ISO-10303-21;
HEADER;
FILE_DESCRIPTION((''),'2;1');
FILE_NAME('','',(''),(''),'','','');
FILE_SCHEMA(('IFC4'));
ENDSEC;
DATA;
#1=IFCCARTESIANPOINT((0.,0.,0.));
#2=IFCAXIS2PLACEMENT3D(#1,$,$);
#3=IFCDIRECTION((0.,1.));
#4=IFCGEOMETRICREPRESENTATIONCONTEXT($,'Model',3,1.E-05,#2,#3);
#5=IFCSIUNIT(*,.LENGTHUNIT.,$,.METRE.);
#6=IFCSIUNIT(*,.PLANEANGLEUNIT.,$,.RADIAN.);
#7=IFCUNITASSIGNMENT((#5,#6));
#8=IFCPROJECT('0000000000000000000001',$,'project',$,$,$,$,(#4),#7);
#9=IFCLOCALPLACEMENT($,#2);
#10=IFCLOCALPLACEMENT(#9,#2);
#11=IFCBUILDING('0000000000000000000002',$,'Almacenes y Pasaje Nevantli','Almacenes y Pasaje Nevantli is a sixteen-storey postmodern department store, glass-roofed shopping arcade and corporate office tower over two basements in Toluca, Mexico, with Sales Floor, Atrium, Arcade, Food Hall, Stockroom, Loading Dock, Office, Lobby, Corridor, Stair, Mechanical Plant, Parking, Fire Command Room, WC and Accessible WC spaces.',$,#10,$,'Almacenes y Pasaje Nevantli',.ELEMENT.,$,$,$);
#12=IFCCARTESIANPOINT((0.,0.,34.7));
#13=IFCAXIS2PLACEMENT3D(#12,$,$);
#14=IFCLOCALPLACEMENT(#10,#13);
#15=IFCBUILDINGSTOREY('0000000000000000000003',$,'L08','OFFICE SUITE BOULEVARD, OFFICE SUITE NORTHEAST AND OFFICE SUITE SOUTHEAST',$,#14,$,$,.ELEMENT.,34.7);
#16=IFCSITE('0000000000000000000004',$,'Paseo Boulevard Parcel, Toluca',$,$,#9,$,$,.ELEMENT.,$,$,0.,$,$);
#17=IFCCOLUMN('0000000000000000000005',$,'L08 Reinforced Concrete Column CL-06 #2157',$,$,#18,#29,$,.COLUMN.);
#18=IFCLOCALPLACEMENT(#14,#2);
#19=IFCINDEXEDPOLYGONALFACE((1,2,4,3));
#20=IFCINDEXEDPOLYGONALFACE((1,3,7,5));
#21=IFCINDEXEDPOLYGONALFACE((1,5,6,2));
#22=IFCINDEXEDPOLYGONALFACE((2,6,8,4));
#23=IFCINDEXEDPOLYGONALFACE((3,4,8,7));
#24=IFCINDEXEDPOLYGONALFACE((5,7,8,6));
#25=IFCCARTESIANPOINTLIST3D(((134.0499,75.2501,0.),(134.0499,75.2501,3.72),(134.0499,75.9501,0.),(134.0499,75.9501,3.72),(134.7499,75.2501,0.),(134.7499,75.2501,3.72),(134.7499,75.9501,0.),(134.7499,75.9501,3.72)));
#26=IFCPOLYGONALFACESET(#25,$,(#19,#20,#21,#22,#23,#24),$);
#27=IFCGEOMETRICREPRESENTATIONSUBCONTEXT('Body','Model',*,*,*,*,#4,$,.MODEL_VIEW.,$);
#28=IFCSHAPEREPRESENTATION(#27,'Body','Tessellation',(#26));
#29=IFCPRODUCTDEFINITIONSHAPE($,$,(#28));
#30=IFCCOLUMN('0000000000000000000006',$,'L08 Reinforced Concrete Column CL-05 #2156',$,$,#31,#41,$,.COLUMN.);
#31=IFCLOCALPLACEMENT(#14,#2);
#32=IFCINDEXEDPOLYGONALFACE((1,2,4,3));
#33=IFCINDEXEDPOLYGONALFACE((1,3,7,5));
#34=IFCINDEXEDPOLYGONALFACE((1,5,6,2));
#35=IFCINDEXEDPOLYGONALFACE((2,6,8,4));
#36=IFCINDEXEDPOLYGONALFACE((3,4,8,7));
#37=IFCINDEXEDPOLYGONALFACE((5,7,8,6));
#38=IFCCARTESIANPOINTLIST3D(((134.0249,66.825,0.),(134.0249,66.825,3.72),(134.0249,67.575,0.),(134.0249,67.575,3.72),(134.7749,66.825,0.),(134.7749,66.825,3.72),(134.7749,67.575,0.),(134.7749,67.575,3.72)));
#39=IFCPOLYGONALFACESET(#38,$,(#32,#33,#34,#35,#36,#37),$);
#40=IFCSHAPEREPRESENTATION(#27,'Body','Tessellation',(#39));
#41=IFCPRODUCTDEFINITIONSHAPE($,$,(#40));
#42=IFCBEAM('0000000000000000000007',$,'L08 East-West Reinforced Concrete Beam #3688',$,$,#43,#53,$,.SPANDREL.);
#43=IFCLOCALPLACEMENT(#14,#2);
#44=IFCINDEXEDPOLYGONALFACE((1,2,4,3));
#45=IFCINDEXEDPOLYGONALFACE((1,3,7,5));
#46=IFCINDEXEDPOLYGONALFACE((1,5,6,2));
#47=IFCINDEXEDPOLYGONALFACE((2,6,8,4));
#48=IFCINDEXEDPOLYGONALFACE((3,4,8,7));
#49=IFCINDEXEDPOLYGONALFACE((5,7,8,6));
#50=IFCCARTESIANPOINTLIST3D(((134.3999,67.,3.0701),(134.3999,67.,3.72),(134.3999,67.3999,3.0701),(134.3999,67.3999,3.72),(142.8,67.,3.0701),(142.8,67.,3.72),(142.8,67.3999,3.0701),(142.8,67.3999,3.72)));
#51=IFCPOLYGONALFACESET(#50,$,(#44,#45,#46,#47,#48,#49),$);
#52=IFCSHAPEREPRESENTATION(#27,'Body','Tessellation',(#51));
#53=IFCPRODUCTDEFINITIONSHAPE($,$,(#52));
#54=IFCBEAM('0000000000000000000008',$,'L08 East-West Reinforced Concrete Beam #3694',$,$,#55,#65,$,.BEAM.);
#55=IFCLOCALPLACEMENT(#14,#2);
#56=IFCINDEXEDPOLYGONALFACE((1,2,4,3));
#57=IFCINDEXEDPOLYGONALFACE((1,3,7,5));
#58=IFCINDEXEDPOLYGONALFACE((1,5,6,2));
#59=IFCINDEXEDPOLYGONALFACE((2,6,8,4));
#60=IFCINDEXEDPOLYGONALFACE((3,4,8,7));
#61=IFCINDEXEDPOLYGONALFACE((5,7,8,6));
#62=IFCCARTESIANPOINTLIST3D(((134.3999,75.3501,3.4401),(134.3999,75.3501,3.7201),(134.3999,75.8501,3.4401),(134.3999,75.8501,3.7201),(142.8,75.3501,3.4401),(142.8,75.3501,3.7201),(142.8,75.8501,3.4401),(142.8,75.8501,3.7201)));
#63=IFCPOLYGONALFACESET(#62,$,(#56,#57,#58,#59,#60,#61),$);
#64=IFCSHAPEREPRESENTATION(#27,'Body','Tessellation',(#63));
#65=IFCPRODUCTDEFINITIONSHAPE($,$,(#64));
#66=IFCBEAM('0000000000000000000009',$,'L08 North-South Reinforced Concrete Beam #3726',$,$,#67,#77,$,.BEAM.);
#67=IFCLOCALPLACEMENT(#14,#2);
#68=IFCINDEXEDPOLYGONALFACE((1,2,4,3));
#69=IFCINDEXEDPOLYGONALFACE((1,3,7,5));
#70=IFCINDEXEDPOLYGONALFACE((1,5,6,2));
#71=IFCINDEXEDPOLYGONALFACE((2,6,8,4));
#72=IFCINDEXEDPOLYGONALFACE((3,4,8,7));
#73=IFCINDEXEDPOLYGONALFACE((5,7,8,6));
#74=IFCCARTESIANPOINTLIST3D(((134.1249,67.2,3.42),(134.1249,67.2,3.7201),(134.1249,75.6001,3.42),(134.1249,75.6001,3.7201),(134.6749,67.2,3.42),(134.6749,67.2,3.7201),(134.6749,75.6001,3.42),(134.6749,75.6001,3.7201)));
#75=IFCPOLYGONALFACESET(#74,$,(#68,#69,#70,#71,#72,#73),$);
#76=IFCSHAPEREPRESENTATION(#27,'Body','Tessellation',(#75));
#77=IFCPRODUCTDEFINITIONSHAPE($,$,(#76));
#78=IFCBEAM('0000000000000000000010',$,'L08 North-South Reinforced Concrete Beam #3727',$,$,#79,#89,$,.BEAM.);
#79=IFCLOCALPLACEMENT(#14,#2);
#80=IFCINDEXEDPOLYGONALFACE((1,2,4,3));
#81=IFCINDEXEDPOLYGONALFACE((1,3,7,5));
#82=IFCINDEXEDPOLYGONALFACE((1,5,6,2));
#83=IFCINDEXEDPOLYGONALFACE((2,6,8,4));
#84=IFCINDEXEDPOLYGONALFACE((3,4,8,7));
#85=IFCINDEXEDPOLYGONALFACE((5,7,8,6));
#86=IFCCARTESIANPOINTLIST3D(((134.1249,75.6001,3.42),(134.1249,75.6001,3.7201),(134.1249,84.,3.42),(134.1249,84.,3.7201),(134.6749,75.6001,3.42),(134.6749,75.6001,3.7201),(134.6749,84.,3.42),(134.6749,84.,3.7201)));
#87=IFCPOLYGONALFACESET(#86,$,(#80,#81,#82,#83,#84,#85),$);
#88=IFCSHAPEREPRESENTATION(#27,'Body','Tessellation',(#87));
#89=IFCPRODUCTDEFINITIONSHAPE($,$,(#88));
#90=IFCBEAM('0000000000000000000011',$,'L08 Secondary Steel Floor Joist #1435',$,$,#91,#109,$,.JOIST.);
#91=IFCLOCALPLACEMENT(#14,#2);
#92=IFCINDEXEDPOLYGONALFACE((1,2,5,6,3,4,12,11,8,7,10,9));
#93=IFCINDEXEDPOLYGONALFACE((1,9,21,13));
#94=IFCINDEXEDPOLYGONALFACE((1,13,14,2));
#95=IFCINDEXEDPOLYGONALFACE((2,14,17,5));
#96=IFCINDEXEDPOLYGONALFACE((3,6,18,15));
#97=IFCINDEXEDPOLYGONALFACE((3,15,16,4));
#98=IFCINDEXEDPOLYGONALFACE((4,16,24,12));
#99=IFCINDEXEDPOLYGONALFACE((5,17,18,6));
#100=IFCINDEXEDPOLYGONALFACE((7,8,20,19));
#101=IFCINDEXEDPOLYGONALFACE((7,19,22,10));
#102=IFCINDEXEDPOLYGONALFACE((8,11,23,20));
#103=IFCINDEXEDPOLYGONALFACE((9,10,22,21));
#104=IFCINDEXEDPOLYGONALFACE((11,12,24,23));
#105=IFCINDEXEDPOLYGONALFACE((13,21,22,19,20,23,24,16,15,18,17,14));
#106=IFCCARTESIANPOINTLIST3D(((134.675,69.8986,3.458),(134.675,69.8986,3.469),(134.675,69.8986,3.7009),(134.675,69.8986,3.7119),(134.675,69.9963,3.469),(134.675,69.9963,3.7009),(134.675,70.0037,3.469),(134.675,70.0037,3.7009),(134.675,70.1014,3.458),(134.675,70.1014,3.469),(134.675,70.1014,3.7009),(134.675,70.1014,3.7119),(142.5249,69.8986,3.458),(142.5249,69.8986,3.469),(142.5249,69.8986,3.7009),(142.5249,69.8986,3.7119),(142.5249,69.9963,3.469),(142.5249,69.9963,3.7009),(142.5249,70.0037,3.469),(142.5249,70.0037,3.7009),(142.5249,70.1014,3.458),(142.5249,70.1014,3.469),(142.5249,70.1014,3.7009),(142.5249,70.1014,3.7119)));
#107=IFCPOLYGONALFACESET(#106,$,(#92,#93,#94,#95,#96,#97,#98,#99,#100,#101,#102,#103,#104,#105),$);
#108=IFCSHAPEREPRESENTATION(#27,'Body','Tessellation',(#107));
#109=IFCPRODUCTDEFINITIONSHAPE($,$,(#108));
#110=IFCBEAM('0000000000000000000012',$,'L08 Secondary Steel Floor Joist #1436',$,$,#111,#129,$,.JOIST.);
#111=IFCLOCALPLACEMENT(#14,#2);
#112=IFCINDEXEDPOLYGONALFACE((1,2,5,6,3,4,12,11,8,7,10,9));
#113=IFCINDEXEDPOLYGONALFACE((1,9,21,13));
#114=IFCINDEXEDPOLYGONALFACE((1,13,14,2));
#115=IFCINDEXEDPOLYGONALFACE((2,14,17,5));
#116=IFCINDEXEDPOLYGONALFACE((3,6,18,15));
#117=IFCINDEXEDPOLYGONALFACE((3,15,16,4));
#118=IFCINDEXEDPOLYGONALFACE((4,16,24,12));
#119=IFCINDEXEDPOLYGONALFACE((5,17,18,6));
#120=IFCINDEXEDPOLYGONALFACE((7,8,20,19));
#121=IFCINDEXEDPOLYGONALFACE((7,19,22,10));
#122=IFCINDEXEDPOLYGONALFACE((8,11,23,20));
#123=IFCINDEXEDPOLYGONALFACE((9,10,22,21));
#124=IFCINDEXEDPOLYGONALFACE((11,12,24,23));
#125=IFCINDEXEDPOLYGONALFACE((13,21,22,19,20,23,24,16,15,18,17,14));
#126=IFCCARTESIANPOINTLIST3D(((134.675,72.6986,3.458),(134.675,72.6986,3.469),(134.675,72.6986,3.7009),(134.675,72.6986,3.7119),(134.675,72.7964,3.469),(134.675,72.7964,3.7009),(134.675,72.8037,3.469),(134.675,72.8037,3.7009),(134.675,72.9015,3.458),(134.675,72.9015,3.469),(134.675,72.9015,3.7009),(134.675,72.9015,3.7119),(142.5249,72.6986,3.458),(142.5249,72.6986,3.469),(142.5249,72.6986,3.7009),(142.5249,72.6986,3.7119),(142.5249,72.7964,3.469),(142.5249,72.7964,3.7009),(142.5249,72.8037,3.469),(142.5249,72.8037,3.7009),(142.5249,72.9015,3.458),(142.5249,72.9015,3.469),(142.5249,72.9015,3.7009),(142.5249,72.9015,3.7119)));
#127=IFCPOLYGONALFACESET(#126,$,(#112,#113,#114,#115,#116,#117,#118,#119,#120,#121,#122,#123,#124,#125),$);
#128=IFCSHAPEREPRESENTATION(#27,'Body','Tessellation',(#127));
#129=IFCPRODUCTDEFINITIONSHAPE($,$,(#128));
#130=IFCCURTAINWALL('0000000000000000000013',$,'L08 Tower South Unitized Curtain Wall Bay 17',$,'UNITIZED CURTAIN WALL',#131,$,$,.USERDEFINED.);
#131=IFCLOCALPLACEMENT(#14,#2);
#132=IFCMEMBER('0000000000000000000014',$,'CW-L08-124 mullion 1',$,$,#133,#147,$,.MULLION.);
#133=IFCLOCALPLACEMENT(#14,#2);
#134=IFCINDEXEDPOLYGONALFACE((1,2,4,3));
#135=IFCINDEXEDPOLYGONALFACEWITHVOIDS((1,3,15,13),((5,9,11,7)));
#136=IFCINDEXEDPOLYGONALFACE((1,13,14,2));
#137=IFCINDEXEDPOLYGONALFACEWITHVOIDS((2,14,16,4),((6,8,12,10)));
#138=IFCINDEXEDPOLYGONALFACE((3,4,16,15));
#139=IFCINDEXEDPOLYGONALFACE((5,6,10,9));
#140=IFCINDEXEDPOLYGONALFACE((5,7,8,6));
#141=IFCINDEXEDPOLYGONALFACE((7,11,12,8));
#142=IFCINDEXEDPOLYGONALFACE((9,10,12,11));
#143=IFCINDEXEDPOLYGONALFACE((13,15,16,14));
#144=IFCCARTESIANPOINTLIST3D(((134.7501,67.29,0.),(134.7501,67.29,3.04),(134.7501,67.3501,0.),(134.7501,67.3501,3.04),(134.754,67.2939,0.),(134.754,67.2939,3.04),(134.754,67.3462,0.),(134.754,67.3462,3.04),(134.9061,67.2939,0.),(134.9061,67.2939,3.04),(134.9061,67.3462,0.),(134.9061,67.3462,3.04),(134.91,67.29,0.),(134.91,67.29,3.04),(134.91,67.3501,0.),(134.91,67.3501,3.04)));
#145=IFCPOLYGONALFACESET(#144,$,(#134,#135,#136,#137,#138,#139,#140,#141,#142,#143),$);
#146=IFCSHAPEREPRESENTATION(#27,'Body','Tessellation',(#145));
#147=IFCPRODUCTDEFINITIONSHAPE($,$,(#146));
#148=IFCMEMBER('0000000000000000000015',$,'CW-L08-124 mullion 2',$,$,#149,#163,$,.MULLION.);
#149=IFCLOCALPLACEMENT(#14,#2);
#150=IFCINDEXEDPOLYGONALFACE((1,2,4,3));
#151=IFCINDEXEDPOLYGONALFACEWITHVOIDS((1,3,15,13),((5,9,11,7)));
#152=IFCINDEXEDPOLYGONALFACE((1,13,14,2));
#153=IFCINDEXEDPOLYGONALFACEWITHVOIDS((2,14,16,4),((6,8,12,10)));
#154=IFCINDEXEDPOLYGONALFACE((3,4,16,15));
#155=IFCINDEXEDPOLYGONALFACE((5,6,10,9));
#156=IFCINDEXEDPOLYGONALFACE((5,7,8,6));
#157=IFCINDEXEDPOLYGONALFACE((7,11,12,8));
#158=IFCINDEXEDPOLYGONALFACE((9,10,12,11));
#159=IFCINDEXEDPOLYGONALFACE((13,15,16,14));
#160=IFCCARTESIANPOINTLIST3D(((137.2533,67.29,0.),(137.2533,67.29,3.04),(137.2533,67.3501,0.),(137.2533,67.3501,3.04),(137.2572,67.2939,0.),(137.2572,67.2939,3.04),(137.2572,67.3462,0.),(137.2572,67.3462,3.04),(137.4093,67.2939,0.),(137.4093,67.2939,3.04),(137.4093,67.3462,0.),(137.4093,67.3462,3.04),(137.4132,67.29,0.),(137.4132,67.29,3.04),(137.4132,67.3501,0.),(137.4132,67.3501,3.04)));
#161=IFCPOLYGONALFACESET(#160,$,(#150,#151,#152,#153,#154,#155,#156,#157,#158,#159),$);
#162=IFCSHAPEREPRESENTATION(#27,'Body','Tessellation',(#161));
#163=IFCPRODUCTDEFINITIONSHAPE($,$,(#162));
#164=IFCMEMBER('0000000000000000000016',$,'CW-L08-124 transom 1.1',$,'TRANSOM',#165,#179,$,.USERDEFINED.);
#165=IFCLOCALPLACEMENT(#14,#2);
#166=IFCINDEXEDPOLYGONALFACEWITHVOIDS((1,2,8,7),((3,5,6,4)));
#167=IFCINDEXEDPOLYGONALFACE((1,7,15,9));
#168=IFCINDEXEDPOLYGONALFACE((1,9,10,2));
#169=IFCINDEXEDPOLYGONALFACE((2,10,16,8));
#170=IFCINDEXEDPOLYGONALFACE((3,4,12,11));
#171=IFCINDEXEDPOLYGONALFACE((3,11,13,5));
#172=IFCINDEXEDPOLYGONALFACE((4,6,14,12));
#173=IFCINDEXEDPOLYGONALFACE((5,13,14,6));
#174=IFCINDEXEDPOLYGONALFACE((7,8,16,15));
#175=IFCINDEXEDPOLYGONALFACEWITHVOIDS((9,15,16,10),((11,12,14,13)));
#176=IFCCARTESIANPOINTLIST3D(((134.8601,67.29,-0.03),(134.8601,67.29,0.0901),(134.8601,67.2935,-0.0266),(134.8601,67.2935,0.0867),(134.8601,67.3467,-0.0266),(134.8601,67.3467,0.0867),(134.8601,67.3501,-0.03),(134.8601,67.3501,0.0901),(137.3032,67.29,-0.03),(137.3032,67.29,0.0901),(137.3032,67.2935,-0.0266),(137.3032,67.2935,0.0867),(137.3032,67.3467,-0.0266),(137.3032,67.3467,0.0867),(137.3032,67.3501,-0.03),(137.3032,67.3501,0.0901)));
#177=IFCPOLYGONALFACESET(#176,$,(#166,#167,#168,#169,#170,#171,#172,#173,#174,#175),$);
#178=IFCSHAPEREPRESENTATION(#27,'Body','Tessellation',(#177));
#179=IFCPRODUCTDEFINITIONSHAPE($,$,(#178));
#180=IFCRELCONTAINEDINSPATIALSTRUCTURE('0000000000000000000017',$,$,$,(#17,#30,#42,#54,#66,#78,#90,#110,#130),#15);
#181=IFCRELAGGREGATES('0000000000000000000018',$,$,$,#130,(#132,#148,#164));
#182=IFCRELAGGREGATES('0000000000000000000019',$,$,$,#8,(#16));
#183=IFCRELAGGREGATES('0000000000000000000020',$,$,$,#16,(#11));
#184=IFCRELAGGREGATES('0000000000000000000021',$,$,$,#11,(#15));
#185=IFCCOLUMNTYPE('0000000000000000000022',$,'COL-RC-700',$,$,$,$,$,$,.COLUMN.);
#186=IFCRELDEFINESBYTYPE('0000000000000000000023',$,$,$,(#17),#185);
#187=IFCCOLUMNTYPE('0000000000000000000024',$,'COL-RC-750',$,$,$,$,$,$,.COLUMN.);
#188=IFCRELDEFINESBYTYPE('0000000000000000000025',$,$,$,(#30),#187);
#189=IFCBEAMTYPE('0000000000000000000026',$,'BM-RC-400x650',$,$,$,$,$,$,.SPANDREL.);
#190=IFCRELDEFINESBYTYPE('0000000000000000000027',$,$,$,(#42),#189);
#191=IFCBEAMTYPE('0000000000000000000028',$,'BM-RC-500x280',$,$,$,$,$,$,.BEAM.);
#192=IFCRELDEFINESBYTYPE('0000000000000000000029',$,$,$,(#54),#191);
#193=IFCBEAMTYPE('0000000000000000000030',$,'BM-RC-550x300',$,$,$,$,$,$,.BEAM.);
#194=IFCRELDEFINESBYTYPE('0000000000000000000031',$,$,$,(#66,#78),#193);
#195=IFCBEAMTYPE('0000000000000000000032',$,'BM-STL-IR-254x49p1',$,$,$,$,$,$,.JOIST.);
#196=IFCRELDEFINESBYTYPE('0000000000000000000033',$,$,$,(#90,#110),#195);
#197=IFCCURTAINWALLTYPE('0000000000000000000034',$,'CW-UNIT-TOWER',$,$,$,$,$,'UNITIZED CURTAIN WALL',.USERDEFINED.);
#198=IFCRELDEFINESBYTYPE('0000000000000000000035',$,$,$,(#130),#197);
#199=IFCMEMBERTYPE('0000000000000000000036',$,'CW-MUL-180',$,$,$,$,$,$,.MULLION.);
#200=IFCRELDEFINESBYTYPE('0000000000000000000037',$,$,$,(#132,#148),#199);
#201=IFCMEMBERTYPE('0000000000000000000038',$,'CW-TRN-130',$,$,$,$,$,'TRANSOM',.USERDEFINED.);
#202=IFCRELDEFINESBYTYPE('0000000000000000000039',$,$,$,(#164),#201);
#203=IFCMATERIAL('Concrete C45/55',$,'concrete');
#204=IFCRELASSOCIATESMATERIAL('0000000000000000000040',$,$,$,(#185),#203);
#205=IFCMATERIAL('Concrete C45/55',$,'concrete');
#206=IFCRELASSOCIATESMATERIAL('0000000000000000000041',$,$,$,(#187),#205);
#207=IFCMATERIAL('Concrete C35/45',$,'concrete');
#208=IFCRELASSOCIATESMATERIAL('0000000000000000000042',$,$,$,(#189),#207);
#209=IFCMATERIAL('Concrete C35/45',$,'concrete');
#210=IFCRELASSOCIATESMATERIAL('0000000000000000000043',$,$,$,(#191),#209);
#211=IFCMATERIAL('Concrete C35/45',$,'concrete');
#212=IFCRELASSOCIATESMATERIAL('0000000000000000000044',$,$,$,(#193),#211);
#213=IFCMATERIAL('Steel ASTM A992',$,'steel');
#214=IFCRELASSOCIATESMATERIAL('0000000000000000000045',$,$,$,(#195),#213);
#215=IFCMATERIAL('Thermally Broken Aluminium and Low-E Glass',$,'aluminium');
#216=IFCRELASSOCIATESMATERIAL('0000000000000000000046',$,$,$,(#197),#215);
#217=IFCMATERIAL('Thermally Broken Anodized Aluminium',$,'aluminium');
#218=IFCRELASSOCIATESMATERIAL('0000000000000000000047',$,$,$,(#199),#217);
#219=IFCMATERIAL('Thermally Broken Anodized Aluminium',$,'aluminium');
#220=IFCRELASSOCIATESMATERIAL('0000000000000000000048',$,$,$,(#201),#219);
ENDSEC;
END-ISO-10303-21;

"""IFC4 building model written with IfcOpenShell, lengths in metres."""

from ifc_helpers import new_model, si_unit, direction, frame, origin, origin_2d, place, context, subcontext, project, spatial, rectangle, hollow_rectangle, i_section, extrude, material, material_profile, profile_set, type_object, element, aggregate, save


model = new_model("IFC4")

# Units and contexts
model_context = context("Model", 3, precision=1e-05, world=origin(), true_north=direction((0.0, 1.0)))
body_context = subcontext(model_context, "Body", "Model", "MODEL_VIEW")
ifc_project = project(units=[si_unit("LENGTHUNIT", "METRE"), si_unit("PLANEANGLEUNIT", "RADIAN")], contexts=[model_context])

# Site, building, storey
site_placement = place(None, origin())
site = spatial("IfcSite", under=ifc_project, at=site_placement, Name="Paseo Boulevard Parcel, Toluca", CompositionType="ELEMENT", RefElevation=0.0)
building_placement = place(site_placement, origin())
building = spatial("IfcBuilding", under=site, at=building_placement, Name="Almacenes y Pasaje Nevantli", Description="Almacenes y Pasaje Nevantli is a sixteen-storey postmodern department store, glass-roofed shopping arcade and corporate office tower over two basements in Toluca, Mexico, with Sales Floor, Atrium, Arcade, Food Hall, Stockroom, Loading Dock, Office, Lobby, Corridor, Stair, Mechanical Plant, Parking, Fire Command Room, WC and Accessible WC spaces.", LongName="Almacenes y Pasaje Nevantli", CompositionType="ELEMENT")
storey_placement = place(building_placement, frame((0.0, 0.0, 34.7)))
storey = spatial("IfcBuildingStorey", under=building, at=storey_placement, Name="L08", Description="OFFICE SUITE BOULEVARD, OFFICE SUITE NORTHEAST AND OFFICE SUITE SOUTHEAST", CompositionType="ELEMENT", Elevation=34.7)

# Columns
ifc_material_1 = material(Name="Concrete C45/55", Category="concrete")
ifc_material_profile_1 = material_profile(ifc_material_1, rectangle(XDim=0.7, YDim=0.7, at=origin_2d()), Name="RC-COL-700x700")
ifc_profile_set_1 = profile_set([ifc_material_profile_1], Name="Concrete C45/55")
column_type_1 = type_object("IfcColumnType", Name="COL-RC-700", PredefinedType="COLUMN", material=ifc_profile_set_1)
column_1_placement = place(storey_placement, frame((134.3999, 75.6001, 0.0), z_axis=(0.0, 0.0, 1.0), x_axis=(1.0, 0.0, 0.0)))
element("IfcColumn", 1, at=column_1_placement, inside=storey, type_object=column_type_1, Name="L08 Reinforced Concrete Column CL-06 #2157", PredefinedType="COLUMN", context=body_context, shape_type="SweptSolid", body=[
    extrude(rectangle(XDim=0.7, YDim=0.7, at=origin_2d()), origin(), (0.0, 0.0, 1.0), 3.72),
])
ifc_material_2 = material(Name="Concrete C45/55", Category="concrete")
ifc_material_profile_2 = material_profile(ifc_material_2, rectangle(XDim=0.75, YDim=0.75, at=origin_2d()), Name="RC-COL-750x750")
ifc_profile_set_2 = profile_set([ifc_material_profile_2], Name="Concrete C45/55")
column_type_2 = type_object("IfcColumnType", Name="COL-RC-750", PredefinedType="COLUMN", material=ifc_profile_set_2)
column_2_placement = place(storey_placement, frame((134.3999, 67.2, 0.0), z_axis=(0.0, 0.0, 1.0), x_axis=(1.0, 0.0, 0.0)))
element("IfcColumn", 2, at=column_2_placement, inside=storey, type_object=column_type_2, Name="L08 Reinforced Concrete Column CL-05 #2156", PredefinedType="COLUMN", context=body_context, shape_type="SweptSolid", body=[
    extrude(rectangle(XDim=0.75, YDim=0.75, at=origin_2d()), origin(), (0.0, 0.0, 1.0), 3.72),
])

# Beams
ifc_material_3 = material(Name="Concrete C35/45", Category="concrete")
ifc_material_profile_3 = material_profile(ifc_material_3, rectangle(XDim=0.3999, YDim=0.6499, at=origin_2d()), Name="RC-BM-400x650")
ifc_profile_set_3 = profile_set([ifc_material_profile_3], Name="Concrete C35/45")
beam_type_1 = type_object("IfcBeamType", Name="BM-RC-400x650", PredefinedType="SPANDREL", material=ifc_profile_set_3)
beam_1_placement = place(storey_placement, frame((134.3999, 67.2, 3.395), z_axis=(1.0, 0.0, 0.0), x_axis=(0.0, 1.0, 0.0)))
element("IfcBeam", 3, at=beam_1_placement, inside=storey, type_object=beam_type_1, Name="L08 East-West Reinforced Concrete Beam #3688", PredefinedType="SPANDREL", context=body_context, shape_type="SweptSolid", body=[
    extrude(rectangle(XDim=0.3999, YDim=0.6499, at=origin_2d()), origin(), (0.0, 0.0, 1.0), 8.4001),
])
ifc_material_4 = material(Name="Concrete C35/45", Category="concrete")
ifc_material_profile_4 = material_profile(ifc_material_4, rectangle(XDim=0.5, YDim=0.28, at=origin_2d()), Name="RC-BM-500x280")
ifc_profile_set_4 = profile_set([ifc_material_profile_4], Name="Concrete C35/45")
beam_type_2 = type_object("IfcBeamType", Name="BM-RC-500x280", PredefinedType="BEAM", material=ifc_profile_set_4)
beam_2_placement = place(storey_placement, frame((134.3999, 75.6001, 3.5801), z_axis=(1.0, 0.0, 0.0), x_axis=(0.0, 1.0, 0.0)))
element("IfcBeam", 4, at=beam_2_placement, inside=storey, type_object=beam_type_2, Name="L08 East-West Reinforced Concrete Beam #3694", PredefinedType="BEAM", context=body_context, shape_type="SweptSolid", body=[
    extrude(rectangle(XDim=0.5, YDim=0.28, at=origin_2d()), origin(), (0.0, 0.0, 1.0), 8.4001),
])
ifc_material_5 = material(Name="Concrete C35/45", Category="concrete")
ifc_material_profile_5 = material_profile(ifc_material_5, rectangle(XDim=0.55, YDim=0.3, at=origin_2d()), Name="RC-BM-550x300")
ifc_profile_set_5 = profile_set([ifc_material_profile_5], Name="Concrete C35/45")
beam_type_3 = type_object("IfcBeamType", Name="BM-RC-550x300", PredefinedType="BEAM", material=ifc_profile_set_5)
beam_3_placement = place(storey_placement, frame((134.3999, 67.2, 3.5701), z_axis=(0.0, 1.0, 0.0), x_axis=(-1.0, 0.0, 0.0)))
element("IfcBeam", 5, at=beam_3_placement, inside=storey, type_object=beam_type_3, Name="L08 North-South Reinforced Concrete Beam #3726", PredefinedType="BEAM", context=body_context, shape_type="SweptSolid", body=[
    extrude(rectangle(XDim=0.55, YDim=0.3, at=origin_2d()), origin(), (0.0, 0.0, 1.0), 8.4001),
])
beam_4_placement = place(storey_placement, frame((134.3999, 75.6001, 3.5701), z_axis=(0.0, 1.0, 0.0), x_axis=(-1.0, 0.0, 0.0)))
element("IfcBeam", 6, at=beam_4_placement, inside=storey, type_object=beam_type_3, Name="L08 North-South Reinforced Concrete Beam #3727", PredefinedType="BEAM", context=body_context, shape_type="SweptSolid", body=[
    extrude(rectangle(XDim=0.55, YDim=0.3, at=origin_2d()), origin(), (0.0, 0.0, 1.0), 8.3999),
])
ifc_material_6 = material(Name="Steel ASTM A992", Category="steel")
ifc_material_profile_6 = material_profile(ifc_material_6, i_section(OverallWidth=0.2029, OverallDepth=0.2539, WebThickness=0.0073, FlangeThickness=0.011, at=origin_2d()), Name="IR 254x49.1")
ifc_profile_set_6 = profile_set([ifc_material_profile_6], Name="Steel ASTM A992")
beam_type_4 = type_object("IfcBeamType", Name="BM-STL-IR-254x49p1", PredefinedType="JOIST", material=ifc_profile_set_6)
for number, where, z_axis, x_axis, name in (
    (7, (134.675, 70.0, 3.585), (1.0, 0.0, 0.0), (0.0, 1.0, 0.0), "L08 Secondary Steel Floor Joist #1435"),
    (8, (134.675, 72.8, 3.585), (1.0, 0.0, 0.0), (0.0, 1.0, 0.0), "L08 Secondary Steel Floor Joist #1436"),
):
    element("IfcBeam", number, at=place(storey_placement, frame(where, z_axis=z_axis, x_axis=x_axis)), inside=storey, type_object=beam_type_4, Name=name, PredefinedType="JOIST", context=body_context, shape_type="SweptSolid", body=[
        extrude(i_section(OverallWidth=0.2029, OverallDepth=0.2539, WebThickness=0.0073, FlangeThickness=0.011, at=origin_2d()), origin(), (0.0, 0.0, 1.0), 7.8499),
    ])

# Curtain wall, members
ifc_material_7 = material(Name="Thermally Broken Aluminium and Low-E Glass", Category="aluminium")
curtain_wall_type = type_object("IfcCurtainWallType", Name="CW-UNIT-TOWER", ElementType="UNITIZED CURTAIN WALL", PredefinedType="USERDEFINED", material=ifc_material_7)
curtain_wall_placement = place(storey_placement, origin())
curtain_wall = element("IfcCurtainWall", 9, at=curtain_wall_placement, inside=storey, type_object=curtain_wall_type, Name="L08 Tower South Unitized Curtain Wall Bay 17", ObjectType="UNITIZED CURTAIN WALL", PredefinedType="USERDEFINED")
ifc_material_8 = material(Name="Thermally Broken Anodized Aluminium", Category="aluminium")
ifc_material_profile_7 = material_profile(ifc_material_8, hollow_rectangle(XDim=0.0601, YDim=0.1599, WallThickness=0.0039, at=origin_2d()), Name="ALU-MUL-60x160")
ifc_profile_set_7 = profile_set([ifc_material_profile_7], Name="Thermally Broken Anodized Aluminium")
member_type_1 = type_object("IfcMemberType", Name="CW-MUL-180", PredefinedType="MULLION", material=ifc_profile_set_7)
member_1_placement = place(storey_placement, frame((134.8301, 67.3201, 0.0), z_axis=(0.0, 0.0, 1.0), x_axis=(0.0, 1.0, 0.0)))
member_1 = element("IfcMember", 10, at=member_1_placement, type_object=member_type_1, Name="CW-L08-124 mullion 1", PredefinedType="MULLION", context=body_context, shape_type="SweptSolid", body=[
    extrude(hollow_rectangle(XDim=0.0601, YDim=0.1599, WallThickness=0.0039, at=origin_2d()), origin(), (0.0, 0.0, 1.0), 3.04),
])
member_2_placement = place(storey_placement, frame((137.3333, 67.3201, 0.0), z_axis=(0.0, 0.0, 1.0), x_axis=(0.0, 1.0, 0.0)))
member_2 = element("IfcMember", 11, at=member_2_placement, type_object=member_type_1, Name="CW-L08-124 mullion 2", PredefinedType="MULLION", context=body_context, shape_type="SweptSolid", body=[
    extrude(hollow_rectangle(XDim=0.0601, YDim=0.1599, WallThickness=0.0039, at=origin_2d()), origin(), (0.0, 0.0, 1.0), 3.04),
])
ifc_material_9 = material(Name="Thermally Broken Anodized Aluminium", Category="aluminium")
ifc_material_profile_8 = material_profile(ifc_material_9, hollow_rectangle(XDim=0.0601, YDim=0.1201, WallThickness=0.0034, at=origin_2d()), Name="ALU-TRN-60x120")
ifc_profile_set_8 = profile_set([ifc_material_profile_8], Name="Thermally Broken Anodized Aluminium")
member_type_2 = type_object("IfcMemberType", Name="CW-TRN-130", ElementType="TRANSOM", PredefinedType="USERDEFINED", material=ifc_profile_set_8)
member_3_placement = place(storey_placement, frame((134.8601, 67.3201, 0.03), z_axis=(1.0, 0.0, 0.0), x_axis=(0.0, 1.0, 0.0)))
member_3 = element("IfcMember", 12, at=member_3_placement, type_object=member_type_2, Name="CW-L08-124 transom 1.1", ObjectType="TRANSOM", PredefinedType="USERDEFINED", context=body_context, shape_type="SweptSolid", body=[
    extrude(hollow_rectangle(XDim=0.0601, YDim=0.1201, WallThickness=0.0034, at=origin_2d()), origin(), (0.0, 0.0, 1.0), 2.4431),
])
aggregate(curtain_wall, [member_1, member_2, member_3])

save(model, "model.ifc")
